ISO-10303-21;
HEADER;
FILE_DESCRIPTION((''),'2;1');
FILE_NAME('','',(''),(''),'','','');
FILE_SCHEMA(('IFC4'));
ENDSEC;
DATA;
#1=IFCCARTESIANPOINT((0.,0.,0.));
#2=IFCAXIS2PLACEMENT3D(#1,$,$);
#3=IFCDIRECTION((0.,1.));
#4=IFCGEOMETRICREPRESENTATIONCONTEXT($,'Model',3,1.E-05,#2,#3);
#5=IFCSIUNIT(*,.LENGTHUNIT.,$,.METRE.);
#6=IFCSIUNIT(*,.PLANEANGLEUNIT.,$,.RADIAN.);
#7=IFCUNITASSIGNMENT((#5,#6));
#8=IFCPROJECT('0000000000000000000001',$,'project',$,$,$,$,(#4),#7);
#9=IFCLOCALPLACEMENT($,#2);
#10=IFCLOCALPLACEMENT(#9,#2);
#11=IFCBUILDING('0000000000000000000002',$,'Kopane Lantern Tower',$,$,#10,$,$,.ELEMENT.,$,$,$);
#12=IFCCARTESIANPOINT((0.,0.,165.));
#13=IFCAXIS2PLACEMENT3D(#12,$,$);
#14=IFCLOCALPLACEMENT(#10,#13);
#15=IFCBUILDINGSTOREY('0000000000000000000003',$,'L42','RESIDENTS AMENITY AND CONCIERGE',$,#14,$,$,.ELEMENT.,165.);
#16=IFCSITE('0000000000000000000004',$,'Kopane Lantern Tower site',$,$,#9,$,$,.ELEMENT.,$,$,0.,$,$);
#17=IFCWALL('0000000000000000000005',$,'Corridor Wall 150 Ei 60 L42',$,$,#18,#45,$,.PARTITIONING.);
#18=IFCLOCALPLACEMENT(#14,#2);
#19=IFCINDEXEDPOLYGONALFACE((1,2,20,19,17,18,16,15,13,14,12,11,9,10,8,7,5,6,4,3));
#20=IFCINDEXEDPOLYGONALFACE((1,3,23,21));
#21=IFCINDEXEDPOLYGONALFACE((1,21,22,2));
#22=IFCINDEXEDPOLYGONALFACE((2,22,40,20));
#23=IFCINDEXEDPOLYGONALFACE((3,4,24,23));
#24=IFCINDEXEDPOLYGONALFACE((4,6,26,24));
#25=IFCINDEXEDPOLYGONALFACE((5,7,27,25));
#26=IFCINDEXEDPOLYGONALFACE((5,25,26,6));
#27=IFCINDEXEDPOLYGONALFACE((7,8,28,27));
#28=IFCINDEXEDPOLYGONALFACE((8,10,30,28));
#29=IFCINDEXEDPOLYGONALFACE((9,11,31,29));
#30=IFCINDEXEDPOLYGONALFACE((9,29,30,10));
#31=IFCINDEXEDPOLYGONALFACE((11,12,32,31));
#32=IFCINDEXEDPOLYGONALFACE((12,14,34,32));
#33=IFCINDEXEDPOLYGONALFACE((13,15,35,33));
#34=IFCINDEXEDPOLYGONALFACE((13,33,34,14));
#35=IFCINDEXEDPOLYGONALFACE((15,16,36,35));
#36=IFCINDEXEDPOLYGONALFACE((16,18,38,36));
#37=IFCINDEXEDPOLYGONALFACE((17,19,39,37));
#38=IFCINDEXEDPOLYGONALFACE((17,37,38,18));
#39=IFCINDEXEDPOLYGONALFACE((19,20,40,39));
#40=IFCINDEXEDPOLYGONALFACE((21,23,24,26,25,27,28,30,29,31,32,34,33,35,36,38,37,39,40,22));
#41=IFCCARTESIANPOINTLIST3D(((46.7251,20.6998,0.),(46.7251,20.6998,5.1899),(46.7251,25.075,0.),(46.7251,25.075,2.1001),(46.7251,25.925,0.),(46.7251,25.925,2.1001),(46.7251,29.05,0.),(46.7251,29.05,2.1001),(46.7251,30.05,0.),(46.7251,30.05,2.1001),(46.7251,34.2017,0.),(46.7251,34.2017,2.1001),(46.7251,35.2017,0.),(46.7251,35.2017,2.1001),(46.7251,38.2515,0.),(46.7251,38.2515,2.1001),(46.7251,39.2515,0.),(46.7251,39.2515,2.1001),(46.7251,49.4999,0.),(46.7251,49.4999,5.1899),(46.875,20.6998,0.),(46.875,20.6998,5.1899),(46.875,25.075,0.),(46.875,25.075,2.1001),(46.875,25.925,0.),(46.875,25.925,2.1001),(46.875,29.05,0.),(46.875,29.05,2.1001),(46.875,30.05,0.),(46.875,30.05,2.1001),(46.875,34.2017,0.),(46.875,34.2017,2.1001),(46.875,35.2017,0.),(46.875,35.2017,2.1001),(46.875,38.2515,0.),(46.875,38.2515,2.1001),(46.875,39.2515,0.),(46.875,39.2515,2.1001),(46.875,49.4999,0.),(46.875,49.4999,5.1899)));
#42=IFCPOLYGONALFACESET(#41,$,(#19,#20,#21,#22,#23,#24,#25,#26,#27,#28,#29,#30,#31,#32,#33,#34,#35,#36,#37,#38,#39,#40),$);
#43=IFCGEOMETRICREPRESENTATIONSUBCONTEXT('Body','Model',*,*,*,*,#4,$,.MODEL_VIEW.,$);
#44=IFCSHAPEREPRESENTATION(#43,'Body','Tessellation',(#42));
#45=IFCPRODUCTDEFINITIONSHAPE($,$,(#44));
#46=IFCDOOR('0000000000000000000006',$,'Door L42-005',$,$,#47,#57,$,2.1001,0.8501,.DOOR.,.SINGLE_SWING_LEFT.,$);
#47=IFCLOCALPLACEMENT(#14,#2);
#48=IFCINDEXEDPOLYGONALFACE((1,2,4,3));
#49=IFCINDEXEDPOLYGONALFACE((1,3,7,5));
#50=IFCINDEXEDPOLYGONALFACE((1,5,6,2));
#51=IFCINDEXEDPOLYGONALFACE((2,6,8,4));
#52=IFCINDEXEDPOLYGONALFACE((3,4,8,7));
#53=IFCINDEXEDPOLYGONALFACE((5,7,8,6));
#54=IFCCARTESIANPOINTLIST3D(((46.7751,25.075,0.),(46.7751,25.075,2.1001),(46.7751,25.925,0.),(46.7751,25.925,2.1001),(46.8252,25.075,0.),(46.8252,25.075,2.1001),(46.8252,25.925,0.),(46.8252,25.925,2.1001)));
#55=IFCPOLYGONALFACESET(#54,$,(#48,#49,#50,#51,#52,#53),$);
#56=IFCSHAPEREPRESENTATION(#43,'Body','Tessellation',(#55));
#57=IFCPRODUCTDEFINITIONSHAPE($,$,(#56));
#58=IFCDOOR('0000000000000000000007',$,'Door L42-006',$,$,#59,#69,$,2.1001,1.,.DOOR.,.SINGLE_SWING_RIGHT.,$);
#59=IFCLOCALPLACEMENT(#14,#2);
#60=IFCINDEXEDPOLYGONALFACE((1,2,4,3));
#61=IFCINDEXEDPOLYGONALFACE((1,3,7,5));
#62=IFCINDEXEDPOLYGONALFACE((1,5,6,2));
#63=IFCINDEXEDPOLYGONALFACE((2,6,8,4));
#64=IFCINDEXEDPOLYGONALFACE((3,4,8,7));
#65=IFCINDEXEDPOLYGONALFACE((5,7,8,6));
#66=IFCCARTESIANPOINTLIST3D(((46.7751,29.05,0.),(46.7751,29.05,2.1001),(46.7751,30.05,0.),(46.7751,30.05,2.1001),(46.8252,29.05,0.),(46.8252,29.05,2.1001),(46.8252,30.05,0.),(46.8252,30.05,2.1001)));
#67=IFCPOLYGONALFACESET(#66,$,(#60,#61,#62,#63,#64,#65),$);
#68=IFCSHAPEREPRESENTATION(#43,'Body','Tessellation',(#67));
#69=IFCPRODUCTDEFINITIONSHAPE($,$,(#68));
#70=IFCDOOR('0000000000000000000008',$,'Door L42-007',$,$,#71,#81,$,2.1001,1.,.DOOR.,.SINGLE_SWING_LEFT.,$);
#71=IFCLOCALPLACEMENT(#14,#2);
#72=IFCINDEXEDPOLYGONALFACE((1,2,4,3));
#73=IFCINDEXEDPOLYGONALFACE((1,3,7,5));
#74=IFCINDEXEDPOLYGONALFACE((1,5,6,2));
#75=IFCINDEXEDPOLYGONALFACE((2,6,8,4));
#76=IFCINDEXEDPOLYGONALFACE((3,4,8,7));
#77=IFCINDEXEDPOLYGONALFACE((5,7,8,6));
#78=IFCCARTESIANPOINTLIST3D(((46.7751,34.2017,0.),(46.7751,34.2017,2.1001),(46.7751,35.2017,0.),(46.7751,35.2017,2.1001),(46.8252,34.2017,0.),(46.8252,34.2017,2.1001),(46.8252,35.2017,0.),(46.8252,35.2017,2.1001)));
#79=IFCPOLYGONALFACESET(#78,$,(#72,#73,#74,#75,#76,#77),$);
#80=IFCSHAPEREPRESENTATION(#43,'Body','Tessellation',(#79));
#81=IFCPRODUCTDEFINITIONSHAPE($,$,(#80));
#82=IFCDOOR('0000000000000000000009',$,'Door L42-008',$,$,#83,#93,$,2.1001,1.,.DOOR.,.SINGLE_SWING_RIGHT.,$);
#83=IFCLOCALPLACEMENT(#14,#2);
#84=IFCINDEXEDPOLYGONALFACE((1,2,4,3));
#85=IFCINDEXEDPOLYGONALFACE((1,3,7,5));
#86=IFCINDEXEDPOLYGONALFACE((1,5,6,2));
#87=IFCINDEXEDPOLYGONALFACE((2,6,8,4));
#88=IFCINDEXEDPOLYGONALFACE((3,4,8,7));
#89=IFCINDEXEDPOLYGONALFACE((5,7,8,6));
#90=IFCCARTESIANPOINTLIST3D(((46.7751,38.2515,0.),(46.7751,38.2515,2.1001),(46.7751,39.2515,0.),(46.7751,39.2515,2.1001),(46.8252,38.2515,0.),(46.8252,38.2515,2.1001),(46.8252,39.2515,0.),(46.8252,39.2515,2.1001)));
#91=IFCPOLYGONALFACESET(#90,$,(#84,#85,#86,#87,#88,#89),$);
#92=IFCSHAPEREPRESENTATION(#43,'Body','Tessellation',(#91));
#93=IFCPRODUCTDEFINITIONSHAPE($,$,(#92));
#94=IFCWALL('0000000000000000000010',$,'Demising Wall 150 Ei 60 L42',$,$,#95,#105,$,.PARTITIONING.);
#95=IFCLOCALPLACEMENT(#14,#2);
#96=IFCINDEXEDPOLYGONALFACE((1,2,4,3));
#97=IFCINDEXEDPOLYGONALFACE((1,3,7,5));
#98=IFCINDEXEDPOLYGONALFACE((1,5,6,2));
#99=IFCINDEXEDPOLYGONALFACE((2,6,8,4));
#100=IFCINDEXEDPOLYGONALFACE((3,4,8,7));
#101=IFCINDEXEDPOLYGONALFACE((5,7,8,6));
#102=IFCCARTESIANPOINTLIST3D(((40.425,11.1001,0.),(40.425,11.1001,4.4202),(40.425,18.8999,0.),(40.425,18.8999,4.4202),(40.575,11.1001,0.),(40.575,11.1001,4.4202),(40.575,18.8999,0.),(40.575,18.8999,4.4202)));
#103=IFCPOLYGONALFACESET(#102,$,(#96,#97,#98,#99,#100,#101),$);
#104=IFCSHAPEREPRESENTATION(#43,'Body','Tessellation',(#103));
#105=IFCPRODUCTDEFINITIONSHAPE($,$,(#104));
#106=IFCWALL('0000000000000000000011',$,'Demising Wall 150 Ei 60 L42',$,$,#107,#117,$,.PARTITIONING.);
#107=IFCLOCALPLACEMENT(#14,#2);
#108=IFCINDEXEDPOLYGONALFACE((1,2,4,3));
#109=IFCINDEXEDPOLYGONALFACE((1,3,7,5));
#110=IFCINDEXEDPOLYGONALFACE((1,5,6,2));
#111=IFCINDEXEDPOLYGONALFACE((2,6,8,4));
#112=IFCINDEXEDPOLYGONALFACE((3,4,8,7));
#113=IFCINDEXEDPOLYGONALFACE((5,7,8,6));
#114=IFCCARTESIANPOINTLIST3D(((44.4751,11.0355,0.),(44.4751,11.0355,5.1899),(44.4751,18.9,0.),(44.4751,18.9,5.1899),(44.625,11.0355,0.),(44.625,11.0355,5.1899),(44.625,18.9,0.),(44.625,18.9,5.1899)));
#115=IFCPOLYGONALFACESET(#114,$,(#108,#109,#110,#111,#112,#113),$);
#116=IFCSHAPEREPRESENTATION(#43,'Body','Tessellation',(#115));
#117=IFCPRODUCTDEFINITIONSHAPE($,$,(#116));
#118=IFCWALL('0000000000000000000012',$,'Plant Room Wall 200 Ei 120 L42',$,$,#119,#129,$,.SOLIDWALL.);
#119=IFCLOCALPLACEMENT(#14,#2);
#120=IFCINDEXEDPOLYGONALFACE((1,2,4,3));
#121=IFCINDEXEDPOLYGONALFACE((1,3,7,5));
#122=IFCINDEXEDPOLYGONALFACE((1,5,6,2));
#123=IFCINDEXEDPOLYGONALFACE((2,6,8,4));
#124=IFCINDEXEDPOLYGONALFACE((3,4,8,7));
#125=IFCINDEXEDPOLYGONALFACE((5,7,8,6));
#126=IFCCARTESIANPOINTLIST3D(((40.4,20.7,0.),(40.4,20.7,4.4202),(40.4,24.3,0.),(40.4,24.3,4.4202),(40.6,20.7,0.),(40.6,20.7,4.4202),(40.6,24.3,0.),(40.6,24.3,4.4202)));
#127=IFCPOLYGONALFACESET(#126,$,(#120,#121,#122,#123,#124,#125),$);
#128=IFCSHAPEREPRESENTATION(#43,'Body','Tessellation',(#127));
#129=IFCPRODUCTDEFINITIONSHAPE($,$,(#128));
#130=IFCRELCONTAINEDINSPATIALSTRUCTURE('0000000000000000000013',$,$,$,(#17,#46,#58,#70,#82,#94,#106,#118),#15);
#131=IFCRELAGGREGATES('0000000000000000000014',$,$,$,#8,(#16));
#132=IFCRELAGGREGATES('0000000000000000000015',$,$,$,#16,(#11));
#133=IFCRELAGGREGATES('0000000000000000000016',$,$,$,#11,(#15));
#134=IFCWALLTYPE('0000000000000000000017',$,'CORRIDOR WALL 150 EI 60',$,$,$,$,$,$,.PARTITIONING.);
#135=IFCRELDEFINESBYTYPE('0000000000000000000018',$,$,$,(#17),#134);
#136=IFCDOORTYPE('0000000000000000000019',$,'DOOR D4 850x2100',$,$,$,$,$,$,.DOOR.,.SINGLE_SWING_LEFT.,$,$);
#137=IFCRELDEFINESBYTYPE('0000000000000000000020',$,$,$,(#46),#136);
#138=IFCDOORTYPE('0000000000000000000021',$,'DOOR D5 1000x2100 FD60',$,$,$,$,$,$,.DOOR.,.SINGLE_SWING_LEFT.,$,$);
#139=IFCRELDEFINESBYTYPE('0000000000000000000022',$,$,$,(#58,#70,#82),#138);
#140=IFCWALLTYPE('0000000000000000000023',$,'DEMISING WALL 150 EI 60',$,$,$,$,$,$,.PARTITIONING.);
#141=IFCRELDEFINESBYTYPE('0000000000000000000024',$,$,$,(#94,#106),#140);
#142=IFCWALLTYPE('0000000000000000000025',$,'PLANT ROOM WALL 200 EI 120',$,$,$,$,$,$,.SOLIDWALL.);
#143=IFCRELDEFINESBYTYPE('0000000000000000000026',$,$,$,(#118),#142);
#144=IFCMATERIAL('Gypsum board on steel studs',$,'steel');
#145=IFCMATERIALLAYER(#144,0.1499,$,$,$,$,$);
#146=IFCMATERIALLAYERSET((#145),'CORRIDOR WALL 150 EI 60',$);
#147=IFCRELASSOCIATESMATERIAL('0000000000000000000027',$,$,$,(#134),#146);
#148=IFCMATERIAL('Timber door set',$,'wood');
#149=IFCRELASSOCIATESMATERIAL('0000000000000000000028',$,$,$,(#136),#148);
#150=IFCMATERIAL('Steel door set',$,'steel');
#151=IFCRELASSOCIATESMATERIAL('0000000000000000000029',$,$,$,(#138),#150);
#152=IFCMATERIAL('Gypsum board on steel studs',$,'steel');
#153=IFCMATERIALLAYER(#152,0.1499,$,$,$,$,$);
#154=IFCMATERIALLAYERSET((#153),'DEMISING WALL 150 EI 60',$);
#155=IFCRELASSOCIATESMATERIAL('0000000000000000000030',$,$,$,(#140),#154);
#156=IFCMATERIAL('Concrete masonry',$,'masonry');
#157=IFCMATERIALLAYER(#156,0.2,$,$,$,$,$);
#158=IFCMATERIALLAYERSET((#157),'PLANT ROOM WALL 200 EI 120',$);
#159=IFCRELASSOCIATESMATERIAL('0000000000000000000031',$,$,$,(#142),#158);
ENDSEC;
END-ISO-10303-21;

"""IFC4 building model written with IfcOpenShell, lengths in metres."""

from ifc_helpers import new_model, si_unit, direction, frame, frame_2d, origin, place, context, subcontext, project, spatial, rectangle, extrude, material, layer, layer_set, type_object, element, fill, save


model = new_model("IFC4")

# Units and contexts
model_context = context("Model", 3, precision=1e-05, world=origin(), true_north=direction((0.0, 1.0)))
body_context = subcontext(model_context, "Body", "Model", "MODEL_VIEW")
ifc_project = project(units=[si_unit("LENGTHUNIT", "METRE"), si_unit("PLANEANGLEUNIT", "RADIAN")], contexts=[model_context])

# Site, building, storey
site_placement = place(None, origin())
site = spatial("IfcSite", under=ifc_project, at=site_placement, Name="Kopane Lantern Tower site", CompositionType="ELEMENT", RefElevation=0.0)
building_placement = place(site_placement, origin())
building = spatial("IfcBuilding", under=site, at=building_placement, Name="Kopane Lantern Tower", CompositionType="ELEMENT")
storey_placement = place(building_placement, frame((0.0, 0.0, 165.0)))
storey = spatial("IfcBuildingStorey", under=building, at=storey_placement, Name="L42", Description="RESIDENTS AMENITY AND CONCIERGE", CompositionType="ELEMENT", Elevation=165.0)

# Wall, openings, doors
ifc_material_1 = material(Name="Gypsum board on steel studs", Category="steel")
ifc_layer_1 = layer(ifc_material_1, 0.1499)
ifc_layer_set_1 = layer_set([ifc_layer_1], Name="CORRIDOR WALL 150 EI 60")
wall_type_1 = type_object("IfcWallType", Name="CORRIDOR WALL 150 EI 60", PredefinedType="PARTITIONING", material=ifc_layer_set_1)
wall_1_placement = place(storey_placement, frame((46.8, 20.7, 0.0), z_axis=(0.0, 0.0, 1.0), x_axis=(0.0, 1.0, 0.0)))
wall_1 = element("IfcWall", 1, at=wall_1_placement, inside=storey, type_object=wall_type_1, Name="Corridor Wall 150 Ei 60 L42", PredefinedType="PARTITIONING", context=body_context, shape_type="SweptSolid", body=[
    extrude(rectangle(XDim=28.8, YDim=0.1499, at=frame_2d((14.3999, 0.0))), origin(), (0.0, 0.0, 1.0), 5.1899),
])
opening_1_placement = place(wall_1_placement, frame((4.375, 0.0, 0.0)))
opening_1 = element("IfcOpeningElement", 2, at=opening_1_placement, cuts=wall_1, PredefinedType="OPENING", context=body_context, shape_type="SweptSolid", body=[
    extrude(rectangle(XDim=0.8501, YDim=2.1001, at=frame_2d((0.425, 1.05))), frame((0.0, 0.085, 0.0), z_axis=(0.0, -1.0, 0.0), x_axis=(1.0, 0.0, 0.0)), (0.0, 0.0, 1.0), 0.1699),
])
opening_2_placement = place(wall_1_placement, frame((8.3501, 0.0, 0.0)))
opening_2 = element("IfcOpeningElement", 3, at=opening_2_placement, cuts=wall_1, PredefinedType="OPENING", context=body_context, shape_type="SweptSolid", body=[
    extrude(rectangle(XDim=1.0, YDim=2.1001, at=frame_2d((0.5, 1.05))), frame((0.0, 0.085, 0.0), z_axis=(0.0, -1.0, 0.0), x_axis=(1.0, 0.0, 0.0)), (0.0, 0.0, 1.0), 0.1699),
])
opening_3_placement = place(wall_1_placement, frame((13.5017, 0.0, 0.0)))
opening_3 = element("IfcOpeningElement", 4, at=opening_3_placement, cuts=wall_1, PredefinedType="OPENING", context=body_context, shape_type="SweptSolid", body=[
    extrude(rectangle(XDim=1.0, YDim=2.1001, at=frame_2d((0.5, 1.05))), frame((0.0, 0.085, 0.0), z_axis=(0.0, -1.0, 0.0), x_axis=(1.0, 0.0, 0.0)), (0.0, 0.0, 1.0), 0.1699),
])
opening_4_placement = place(wall_1_placement, frame((17.5515, 0.0, 0.0)))
opening_4 = element("IfcOpeningElement", 5, at=opening_4_placement, cuts=wall_1, PredefinedType="OPENING", context=body_context, shape_type="SweptSolid", body=[
    extrude(rectangle(XDim=1.0, YDim=2.1001, at=frame_2d((0.5, 1.05))), frame((0.0, 0.085, 0.0), z_axis=(0.0, -1.0, 0.0), x_axis=(1.0, 0.0, 0.0)), (0.0, 0.0, 1.0), 0.1699),
])
ifc_material_2 = material(Name="Timber door set", Category="wood")
door_type_1 = type_object("IfcDoorType", Name="DOOR D4 850x2100", OperationType="SINGLE_SWING_LEFT", PredefinedType="DOOR", material=ifc_material_2)
door_1_placement = place(opening_1_placement, origin())
door_1 = element("IfcDoor", 6, at=door_1_placement, inside=storey, type_object=door_type_1, Name="Door L42-005", OperationType="SINGLE_SWING_LEFT", OverallHeight=2.1001, OverallWidth=0.8501, PredefinedType="DOOR", context=body_context, shape_type="SweptSolid", body=[
    extrude(rectangle(XDim=0.8501, YDim=2.1001, at=frame_2d((0.425, 1.05))), frame((0.0, 0.0249, 0.0), z_axis=(0.0, -1.0, 0.0), x_axis=(1.0, 0.0, 0.0)), (0.0, 0.0, 1.0), 0.05),
])
fill(opening_1, door_1)
ifc_material_3 = material(Name="Steel door set", Category="steel")
door_type_2 = type_object("IfcDoorType", Name="DOOR D5 1000x2100 FD60", OperationType="SINGLE_SWING_LEFT", PredefinedType="DOOR", material=ifc_material_3)
door_2_placement = place(opening_2_placement, origin())
door_2 = element("IfcDoor", 7, at=door_2_placement, inside=storey, type_object=door_type_2, Name="Door L42-006", OperationType="SINGLE_SWING_RIGHT", OverallHeight=2.1001, OverallWidth=1.0, PredefinedType="DOOR", context=body_context, shape_type="SweptSolid", body=[
    extrude(rectangle(XDim=1.0, YDim=2.1001, at=frame_2d((0.5, 1.05))), frame((0.0, 0.0249, 0.0), z_axis=(0.0, -1.0, 0.0), x_axis=(1.0, 0.0, 0.0)), (0.0, 0.0, 1.0), 0.05),
])
fill(opening_2, door_2)
door_3_placement = place(opening_3_placement, origin())
door_3 = element("IfcDoor", 8, at=door_3_placement, inside=storey, type_object=door_type_2, Name="Door L42-007", OperationType="SINGLE_SWING_LEFT", OverallHeight=2.1001, OverallWidth=1.0, PredefinedType="DOOR", context=body_context, shape_type="SweptSolid", body=[
    extrude(rectangle(XDim=1.0, YDim=2.1001, at=frame_2d((0.5, 1.05))), frame((0.0, 0.0249, 0.0), z_axis=(0.0, -1.0, 0.0), x_axis=(1.0, 0.0, 0.0)), (0.0, 0.0, 1.0), 0.05),
])
fill(opening_3, door_3)
door_4_placement = place(opening_4_placement, origin())
door_4 = element("IfcDoor", 9, at=door_4_placement, inside=storey, type_object=door_type_2, Name="Door L42-008", OperationType="SINGLE_SWING_RIGHT", OverallHeight=2.1001, OverallWidth=1.0, PredefinedType="DOOR", context=body_context, shape_type="SweptSolid", body=[
    extrude(rectangle(XDim=1.0, YDim=2.1001, at=frame_2d((0.5, 1.05))), frame((0.0, 0.0249, 0.0), z_axis=(0.0, -1.0, 0.0), x_axis=(1.0, 0.0, 0.0)), (0.0, 0.0, 1.0), 0.05),
])
fill(opening_4, door_4)

# Walls
ifc_material_4 = material(Name="Gypsum board on steel studs", Category="steel")
ifc_layer_2 = layer(ifc_material_4, 0.1499)
ifc_layer_set_2 = layer_set([ifc_layer_2], Name="DEMISING WALL 150 EI 60")
wall_type_2 = type_object("IfcWallType", Name="DEMISING WALL 150 EI 60", PredefinedType="PARTITIONING", material=ifc_layer_set_2)
wall_2_placement = place(storey_placement, frame((40.5, 18.8999, 0.0), z_axis=(0.0, 0.0, 1.0), x_axis=(0.0, -1.0, 0.0)))
element("IfcWall", 10, at=wall_2_placement, inside=storey, type_object=wall_type_2, Name="Demising Wall 150 Ei 60 L42", PredefinedType="PARTITIONING", context=body_context, shape_type="SweptSolid", body=[
    extrude(rectangle(XDim=7.7998, YDim=0.1499, at=frame_2d((3.8999, 0.0))), origin(), (0.0, 0.0, 1.0), 4.4202),
])
wall_3_placement = place(storey_placement, frame((44.55, 18.8999, 0.0), z_axis=(0.0, 0.0, 1.0), x_axis=(0.0, -1.0, 0.0)))
element("IfcWall", 11, at=wall_3_placement, inside=storey, type_object=wall_type_2, Name="Demising Wall 150 Ei 60 L42", PredefinedType="PARTITIONING", context=body_context, shape_type="SweptSolid", body=[
    extrude(rectangle(XDim=7.8645, YDim=0.1499, at=frame_2d((3.9321, 0.0))), origin(), (0.0, 0.0, 1.0), 5.1899),
])
ifc_material_5 = material(Name="Concrete masonry", Category="masonry")
ifc_layer_3 = layer(ifc_material_5, 0.2)
ifc_layer_set_3 = layer_set([ifc_layer_3], Name="PLANT ROOM WALL 200 EI 120")
wall_type_3 = type_object("IfcWallType", Name="PLANT ROOM WALL 200 EI 120", PredefinedType="SOLIDWALL", material=ifc_layer_set_3)
wall_4_placement = place(storey_placement, frame((40.5, 20.7, 0.0), z_axis=(0.0, 0.0, 1.0), x_axis=(0.0, 1.0, 0.0)))
element("IfcWall", 12, at=wall_4_placement, inside=storey, type_object=wall_type_3, Name="Plant Room Wall 200 Ei 120 L42", PredefinedType="SOLIDWALL", context=body_context, shape_type="SweptSolid", body=[
    extrude(rectangle(XDim=3.6001, YDim=0.2, at=frame_2d((1.8, 0.0))), origin(), (0.0, 0.0, 1.0), 4.4202),
])

save(model, "model.ifc")
